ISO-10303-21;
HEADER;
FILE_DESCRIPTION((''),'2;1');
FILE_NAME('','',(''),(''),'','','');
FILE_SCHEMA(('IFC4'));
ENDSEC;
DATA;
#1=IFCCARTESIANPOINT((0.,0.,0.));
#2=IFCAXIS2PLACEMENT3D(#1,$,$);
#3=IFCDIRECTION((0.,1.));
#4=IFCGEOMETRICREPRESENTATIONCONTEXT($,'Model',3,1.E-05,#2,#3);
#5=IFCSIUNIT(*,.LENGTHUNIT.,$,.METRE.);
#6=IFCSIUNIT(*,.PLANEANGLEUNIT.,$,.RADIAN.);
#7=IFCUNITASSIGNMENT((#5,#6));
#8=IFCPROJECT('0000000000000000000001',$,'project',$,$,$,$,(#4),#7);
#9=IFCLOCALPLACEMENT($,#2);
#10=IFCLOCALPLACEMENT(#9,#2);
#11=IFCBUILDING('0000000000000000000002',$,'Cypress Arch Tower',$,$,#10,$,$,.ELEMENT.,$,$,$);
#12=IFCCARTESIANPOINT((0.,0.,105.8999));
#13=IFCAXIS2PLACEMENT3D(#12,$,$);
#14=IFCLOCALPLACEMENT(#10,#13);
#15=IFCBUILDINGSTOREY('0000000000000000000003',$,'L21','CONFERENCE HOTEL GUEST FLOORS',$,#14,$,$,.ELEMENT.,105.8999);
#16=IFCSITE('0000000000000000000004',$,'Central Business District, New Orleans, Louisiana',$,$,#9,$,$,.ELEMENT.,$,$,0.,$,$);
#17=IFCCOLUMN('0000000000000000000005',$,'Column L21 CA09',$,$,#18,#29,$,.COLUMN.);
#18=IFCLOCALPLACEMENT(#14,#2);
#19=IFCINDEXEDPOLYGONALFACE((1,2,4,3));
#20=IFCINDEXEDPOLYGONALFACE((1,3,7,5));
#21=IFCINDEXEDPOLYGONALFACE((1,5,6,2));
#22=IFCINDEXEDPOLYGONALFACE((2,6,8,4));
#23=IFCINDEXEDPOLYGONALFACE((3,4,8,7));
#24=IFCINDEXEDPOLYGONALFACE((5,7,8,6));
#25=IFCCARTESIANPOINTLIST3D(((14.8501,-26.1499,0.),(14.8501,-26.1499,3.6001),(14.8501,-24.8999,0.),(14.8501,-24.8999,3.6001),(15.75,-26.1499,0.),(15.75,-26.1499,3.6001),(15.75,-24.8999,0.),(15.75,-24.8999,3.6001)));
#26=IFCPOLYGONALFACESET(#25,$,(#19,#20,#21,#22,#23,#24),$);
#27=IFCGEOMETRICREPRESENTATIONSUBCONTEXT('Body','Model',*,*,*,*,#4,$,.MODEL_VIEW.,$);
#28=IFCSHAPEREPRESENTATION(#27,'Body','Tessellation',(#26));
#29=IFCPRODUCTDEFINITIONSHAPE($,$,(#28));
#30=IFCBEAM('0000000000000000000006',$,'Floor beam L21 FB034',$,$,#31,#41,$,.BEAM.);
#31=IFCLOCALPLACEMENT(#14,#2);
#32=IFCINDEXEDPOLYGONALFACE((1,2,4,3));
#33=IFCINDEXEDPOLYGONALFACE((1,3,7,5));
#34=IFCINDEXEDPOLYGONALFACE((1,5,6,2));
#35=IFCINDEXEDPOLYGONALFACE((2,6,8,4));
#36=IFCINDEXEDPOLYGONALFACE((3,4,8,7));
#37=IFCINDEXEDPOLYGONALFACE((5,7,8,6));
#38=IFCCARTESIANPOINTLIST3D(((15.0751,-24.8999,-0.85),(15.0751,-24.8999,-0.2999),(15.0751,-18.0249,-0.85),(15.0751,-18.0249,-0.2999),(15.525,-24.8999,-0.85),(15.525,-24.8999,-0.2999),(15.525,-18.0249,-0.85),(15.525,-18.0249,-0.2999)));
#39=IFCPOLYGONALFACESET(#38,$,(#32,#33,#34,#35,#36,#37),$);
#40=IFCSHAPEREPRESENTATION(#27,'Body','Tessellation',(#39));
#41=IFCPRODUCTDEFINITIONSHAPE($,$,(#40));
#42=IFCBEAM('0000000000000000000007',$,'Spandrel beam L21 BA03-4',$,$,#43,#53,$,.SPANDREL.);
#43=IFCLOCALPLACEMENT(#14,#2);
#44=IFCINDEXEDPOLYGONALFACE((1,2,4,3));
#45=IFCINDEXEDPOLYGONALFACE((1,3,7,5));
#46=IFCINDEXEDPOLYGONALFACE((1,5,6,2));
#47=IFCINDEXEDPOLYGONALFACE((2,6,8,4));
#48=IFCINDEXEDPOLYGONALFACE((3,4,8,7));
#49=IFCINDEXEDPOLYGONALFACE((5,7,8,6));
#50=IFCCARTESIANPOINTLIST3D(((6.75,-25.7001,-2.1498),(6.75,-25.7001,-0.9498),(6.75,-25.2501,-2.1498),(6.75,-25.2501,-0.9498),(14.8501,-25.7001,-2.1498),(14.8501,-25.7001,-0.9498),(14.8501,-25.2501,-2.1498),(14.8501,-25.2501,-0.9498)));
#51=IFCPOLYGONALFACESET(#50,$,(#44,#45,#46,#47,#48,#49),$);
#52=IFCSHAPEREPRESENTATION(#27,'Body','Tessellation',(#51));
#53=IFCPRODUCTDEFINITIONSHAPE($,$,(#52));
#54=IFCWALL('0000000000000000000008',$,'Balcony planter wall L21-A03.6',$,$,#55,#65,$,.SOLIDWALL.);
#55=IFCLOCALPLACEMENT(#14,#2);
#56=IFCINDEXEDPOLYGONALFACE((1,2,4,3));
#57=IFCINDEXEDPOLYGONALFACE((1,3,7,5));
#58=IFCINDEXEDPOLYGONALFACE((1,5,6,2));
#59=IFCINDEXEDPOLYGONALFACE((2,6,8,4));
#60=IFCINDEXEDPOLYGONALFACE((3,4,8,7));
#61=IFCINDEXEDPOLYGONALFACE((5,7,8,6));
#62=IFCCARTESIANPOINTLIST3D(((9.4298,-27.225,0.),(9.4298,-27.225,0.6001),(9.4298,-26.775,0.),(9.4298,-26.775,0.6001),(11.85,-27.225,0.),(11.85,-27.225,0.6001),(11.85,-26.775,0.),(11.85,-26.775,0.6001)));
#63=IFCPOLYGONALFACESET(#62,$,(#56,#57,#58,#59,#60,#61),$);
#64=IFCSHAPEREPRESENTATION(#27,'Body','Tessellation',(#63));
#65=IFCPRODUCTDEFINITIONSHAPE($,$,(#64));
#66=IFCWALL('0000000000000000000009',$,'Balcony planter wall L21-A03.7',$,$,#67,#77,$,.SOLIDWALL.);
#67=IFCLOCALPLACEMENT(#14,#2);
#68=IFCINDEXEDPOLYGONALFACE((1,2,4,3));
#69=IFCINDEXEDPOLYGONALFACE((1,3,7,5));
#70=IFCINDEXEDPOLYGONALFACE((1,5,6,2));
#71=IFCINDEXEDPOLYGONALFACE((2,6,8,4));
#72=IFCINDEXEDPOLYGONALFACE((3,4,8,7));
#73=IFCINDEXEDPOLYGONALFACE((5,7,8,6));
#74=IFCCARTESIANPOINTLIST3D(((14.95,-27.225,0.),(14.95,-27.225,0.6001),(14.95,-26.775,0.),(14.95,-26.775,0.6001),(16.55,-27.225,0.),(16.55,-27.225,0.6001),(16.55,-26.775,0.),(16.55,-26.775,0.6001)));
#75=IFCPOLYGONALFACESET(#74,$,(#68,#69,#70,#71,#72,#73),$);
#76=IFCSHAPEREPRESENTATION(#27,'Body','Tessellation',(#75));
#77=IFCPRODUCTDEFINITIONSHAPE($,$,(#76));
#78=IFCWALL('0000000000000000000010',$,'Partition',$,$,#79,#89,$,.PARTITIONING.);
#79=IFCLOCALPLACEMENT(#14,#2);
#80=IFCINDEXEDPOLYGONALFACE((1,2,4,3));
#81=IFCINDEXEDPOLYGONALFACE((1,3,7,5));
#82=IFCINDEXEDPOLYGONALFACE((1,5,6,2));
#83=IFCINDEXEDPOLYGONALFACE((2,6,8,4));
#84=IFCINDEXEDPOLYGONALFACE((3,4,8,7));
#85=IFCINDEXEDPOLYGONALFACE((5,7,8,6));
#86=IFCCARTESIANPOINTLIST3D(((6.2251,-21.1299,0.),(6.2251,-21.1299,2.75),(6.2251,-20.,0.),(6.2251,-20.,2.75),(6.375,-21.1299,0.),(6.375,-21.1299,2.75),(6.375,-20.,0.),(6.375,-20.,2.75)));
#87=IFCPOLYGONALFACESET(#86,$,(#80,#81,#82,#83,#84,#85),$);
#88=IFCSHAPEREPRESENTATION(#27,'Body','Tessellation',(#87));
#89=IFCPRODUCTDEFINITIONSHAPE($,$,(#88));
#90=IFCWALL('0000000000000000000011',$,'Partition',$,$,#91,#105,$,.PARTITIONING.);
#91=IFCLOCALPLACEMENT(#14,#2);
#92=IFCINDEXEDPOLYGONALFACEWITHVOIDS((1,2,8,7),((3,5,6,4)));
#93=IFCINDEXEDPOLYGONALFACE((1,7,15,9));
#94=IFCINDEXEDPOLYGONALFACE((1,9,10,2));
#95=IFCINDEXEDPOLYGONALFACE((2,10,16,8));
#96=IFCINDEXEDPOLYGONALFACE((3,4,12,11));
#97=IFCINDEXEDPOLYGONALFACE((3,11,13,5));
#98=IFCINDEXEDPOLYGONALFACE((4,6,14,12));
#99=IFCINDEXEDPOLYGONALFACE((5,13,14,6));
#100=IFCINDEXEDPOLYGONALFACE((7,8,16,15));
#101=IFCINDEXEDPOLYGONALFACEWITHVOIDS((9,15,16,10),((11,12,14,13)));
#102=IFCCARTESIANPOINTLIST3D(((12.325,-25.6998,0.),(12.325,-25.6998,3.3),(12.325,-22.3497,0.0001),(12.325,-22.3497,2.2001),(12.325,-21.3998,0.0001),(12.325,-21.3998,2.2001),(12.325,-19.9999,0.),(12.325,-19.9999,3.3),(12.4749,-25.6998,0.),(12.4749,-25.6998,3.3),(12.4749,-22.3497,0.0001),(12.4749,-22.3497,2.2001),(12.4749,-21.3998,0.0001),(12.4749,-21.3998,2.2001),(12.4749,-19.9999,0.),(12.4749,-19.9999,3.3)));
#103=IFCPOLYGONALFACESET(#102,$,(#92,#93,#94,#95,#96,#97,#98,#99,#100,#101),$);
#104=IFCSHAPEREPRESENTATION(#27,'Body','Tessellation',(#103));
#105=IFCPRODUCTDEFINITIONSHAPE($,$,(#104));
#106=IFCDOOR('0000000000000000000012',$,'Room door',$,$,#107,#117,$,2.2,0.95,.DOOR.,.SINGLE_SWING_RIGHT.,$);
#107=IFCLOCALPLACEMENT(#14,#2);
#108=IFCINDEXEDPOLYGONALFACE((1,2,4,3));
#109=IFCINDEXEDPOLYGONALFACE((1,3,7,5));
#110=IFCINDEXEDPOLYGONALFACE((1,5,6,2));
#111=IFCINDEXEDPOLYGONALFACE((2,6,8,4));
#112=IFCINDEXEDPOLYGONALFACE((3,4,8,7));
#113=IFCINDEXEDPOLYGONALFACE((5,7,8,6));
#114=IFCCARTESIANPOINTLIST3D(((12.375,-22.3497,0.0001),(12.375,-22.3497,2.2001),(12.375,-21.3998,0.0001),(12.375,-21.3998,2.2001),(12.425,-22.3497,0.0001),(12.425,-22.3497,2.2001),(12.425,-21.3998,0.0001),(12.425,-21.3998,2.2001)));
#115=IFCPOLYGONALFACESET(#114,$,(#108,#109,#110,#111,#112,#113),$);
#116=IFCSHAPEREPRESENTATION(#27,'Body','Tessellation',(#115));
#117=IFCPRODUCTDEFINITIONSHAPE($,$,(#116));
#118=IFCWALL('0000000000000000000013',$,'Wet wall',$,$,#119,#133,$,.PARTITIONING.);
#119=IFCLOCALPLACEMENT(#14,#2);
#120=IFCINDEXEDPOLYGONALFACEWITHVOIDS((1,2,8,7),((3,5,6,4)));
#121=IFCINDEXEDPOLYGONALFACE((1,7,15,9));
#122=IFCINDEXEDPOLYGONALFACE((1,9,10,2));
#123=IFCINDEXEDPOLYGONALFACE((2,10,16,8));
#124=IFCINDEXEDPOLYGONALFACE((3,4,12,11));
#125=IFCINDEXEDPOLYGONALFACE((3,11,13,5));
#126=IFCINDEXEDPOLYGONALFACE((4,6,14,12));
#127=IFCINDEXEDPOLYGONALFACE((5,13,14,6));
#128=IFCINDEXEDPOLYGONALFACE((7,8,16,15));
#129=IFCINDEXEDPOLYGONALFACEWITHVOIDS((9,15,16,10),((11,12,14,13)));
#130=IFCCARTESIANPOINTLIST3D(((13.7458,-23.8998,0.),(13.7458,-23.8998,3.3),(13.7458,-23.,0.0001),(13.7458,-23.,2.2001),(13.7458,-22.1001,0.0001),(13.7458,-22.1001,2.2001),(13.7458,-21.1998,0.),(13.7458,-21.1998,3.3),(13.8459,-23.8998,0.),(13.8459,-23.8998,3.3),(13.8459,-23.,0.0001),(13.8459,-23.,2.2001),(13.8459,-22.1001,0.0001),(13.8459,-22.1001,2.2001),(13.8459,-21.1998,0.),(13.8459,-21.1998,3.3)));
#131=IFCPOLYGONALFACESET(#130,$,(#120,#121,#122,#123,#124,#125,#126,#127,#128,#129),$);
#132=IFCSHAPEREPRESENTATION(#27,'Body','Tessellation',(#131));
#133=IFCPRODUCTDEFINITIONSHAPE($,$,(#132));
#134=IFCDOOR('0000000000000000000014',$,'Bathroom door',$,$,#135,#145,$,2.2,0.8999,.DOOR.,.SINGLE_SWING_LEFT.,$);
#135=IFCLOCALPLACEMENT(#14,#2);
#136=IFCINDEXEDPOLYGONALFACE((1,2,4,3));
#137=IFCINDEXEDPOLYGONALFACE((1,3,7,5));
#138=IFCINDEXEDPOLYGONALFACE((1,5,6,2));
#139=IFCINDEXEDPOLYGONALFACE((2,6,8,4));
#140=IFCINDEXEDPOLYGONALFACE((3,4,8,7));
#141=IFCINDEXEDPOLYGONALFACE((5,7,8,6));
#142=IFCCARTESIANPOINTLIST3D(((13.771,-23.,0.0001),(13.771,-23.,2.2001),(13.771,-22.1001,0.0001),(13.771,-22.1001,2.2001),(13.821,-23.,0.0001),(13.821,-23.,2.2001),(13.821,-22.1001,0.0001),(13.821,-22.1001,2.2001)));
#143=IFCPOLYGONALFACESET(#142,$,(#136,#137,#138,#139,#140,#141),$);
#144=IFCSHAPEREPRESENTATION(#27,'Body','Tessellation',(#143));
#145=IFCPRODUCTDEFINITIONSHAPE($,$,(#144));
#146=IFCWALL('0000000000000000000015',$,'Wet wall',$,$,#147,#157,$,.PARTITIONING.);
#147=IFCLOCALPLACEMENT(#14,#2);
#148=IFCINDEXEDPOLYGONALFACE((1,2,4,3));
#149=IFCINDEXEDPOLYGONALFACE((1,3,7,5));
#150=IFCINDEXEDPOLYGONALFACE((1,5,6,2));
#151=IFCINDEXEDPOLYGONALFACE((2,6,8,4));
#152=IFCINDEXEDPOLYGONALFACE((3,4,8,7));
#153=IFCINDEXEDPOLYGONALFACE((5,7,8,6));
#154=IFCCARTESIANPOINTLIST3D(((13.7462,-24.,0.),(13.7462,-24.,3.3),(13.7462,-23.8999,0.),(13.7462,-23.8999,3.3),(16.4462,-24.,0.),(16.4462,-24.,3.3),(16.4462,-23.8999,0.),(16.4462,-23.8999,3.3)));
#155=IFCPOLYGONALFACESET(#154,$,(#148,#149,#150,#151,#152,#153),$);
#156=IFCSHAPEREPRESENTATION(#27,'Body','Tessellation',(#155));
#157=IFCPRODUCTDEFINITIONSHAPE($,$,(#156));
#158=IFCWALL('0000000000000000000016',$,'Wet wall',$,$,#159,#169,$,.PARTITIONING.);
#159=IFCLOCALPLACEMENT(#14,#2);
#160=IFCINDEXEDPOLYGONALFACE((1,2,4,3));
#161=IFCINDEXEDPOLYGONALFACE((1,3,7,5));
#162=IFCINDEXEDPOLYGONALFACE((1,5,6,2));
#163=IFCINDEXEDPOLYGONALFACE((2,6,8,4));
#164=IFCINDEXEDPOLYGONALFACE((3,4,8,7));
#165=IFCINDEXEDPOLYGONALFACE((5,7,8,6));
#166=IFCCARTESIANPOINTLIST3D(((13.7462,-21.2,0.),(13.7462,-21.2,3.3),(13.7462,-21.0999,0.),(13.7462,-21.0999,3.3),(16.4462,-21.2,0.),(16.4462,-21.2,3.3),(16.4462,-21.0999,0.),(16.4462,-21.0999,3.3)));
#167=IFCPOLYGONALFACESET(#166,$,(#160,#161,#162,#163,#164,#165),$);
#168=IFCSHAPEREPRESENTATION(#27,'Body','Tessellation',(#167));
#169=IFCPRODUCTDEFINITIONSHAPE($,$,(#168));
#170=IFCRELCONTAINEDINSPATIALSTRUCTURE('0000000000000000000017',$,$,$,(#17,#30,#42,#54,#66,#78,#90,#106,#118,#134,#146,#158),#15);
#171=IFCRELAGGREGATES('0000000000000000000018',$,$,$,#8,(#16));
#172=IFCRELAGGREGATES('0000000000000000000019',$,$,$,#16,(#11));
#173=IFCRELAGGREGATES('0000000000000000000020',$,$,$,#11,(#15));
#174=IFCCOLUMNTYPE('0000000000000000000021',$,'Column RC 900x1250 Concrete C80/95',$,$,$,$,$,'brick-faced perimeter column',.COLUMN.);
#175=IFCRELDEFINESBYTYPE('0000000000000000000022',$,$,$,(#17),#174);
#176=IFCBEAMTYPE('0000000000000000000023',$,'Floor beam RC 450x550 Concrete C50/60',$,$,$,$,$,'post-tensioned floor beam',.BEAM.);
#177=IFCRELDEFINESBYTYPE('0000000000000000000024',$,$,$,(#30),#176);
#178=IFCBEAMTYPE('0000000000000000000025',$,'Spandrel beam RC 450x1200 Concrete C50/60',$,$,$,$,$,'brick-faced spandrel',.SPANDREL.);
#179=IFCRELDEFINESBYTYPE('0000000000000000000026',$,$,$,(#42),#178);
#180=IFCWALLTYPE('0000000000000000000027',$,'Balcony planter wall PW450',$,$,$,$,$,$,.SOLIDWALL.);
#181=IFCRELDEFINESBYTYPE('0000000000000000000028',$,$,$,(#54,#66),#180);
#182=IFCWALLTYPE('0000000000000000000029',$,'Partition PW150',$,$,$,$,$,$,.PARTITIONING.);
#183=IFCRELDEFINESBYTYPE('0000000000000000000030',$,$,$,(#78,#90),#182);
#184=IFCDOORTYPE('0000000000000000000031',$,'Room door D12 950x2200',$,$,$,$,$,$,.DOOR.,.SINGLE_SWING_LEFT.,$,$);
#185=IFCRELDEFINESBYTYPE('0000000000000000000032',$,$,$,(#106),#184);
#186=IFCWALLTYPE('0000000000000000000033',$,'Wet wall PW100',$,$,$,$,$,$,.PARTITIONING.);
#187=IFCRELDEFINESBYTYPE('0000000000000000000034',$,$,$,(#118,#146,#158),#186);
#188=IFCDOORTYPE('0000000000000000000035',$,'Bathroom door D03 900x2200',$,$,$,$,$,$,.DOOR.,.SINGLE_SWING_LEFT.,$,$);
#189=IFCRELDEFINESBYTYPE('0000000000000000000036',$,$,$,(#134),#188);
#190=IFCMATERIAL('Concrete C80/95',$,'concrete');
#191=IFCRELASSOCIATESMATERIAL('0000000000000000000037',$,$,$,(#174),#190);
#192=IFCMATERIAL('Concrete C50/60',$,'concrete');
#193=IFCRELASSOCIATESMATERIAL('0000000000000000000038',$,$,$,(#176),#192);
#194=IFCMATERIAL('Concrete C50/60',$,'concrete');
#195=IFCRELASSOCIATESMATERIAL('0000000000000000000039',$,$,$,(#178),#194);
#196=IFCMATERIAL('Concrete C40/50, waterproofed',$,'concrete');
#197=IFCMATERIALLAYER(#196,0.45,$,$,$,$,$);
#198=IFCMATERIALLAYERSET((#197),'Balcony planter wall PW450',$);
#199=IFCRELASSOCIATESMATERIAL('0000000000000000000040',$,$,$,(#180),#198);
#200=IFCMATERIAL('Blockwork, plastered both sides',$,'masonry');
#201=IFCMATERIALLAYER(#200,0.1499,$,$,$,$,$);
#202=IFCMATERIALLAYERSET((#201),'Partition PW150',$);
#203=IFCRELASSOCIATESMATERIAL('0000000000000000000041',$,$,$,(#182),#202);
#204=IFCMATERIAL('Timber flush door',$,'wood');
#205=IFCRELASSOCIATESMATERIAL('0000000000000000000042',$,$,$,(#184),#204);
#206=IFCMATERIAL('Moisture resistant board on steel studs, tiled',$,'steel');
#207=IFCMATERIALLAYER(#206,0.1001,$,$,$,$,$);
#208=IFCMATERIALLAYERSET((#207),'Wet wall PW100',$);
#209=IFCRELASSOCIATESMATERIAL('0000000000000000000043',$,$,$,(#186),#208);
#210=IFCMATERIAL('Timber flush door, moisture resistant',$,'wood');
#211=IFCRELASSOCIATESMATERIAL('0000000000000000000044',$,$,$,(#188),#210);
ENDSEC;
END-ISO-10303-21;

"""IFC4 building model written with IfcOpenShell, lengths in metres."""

from ifc_helpers import new_model, si_unit, direction, frame, frame_2d, origin, origin_2d, place, context, subcontext, project, spatial, rectangle, extrude, material, layer, layer_set, material_profile, profile_set, type_object, element, fill, save


model = new_model("IFC4")

# Units and contexts
model_context = context("Model", 3, precision=1e-05, world=origin(), true_north=direction((0.0, 1.0)))
body_context = subcontext(model_context, "Body", "Model", "MODEL_VIEW")
ifc_project = project(units=[si_unit("LENGTHUNIT", "METRE"), si_unit("PLANEANGLEUNIT", "RADIAN")], contexts=[model_context])

# Site, building, storey
site_placement = place(None, origin())
site = spatial("IfcSite", under=ifc_project, at=site_placement, Name="Central Business District, New Orleans, Louisiana", CompositionType="ELEMENT", RefElevation=0.0)
building_placement = place(site_placement, origin())
building = spatial("IfcBuilding", under=site, at=building_placement, Name="Cypress Arch Tower", CompositionType="ELEMENT")
storey_placement = place(building_placement, frame((0.0, 0.0, 105.8999)))
storey = spatial("IfcBuildingStorey", under=building, at=storey_placement, Name="L21", Description="CONFERENCE HOTEL GUEST FLOORS", CompositionType="ELEMENT", Elevation=105.8999)

# Column
ifc_material_1 = material(Name="Concrete C80/95", Category="concrete")
ifc_material_profile_1 = material_profile(ifc_material_1, rectangle(XDim=0.8999, YDim=1.25, at=origin_2d()), Name="RC 900x1250")
ifc_profile_set_1 = profile_set([ifc_material_profile_1], Name="Concrete C80/95")
column_type = type_object("IfcColumnType", Name="Column RC 900x1250 Concrete C80/95", ElementType="brick-faced perimeter column", PredefinedType="COLUMN", material=ifc_profile_set_1)
column_placement = place(storey_placement, frame((15.3, -25.5249, 0.0), z_axis=(0.0, 0.0, 1.0), x_axis=(1.0, 0.0, 0.0)))
element("IfcColumn", 1, at=column_placement, inside=storey, type_object=column_type, Name="Column L21 CA09", PredefinedType="COLUMN", context=body_context, shape_type="SweptSolid", body=[
    extrude(rectangle(XDim=0.8999, YDim=1.25, at=origin_2d()), origin(), (0.0, 0.0, 1.0), 3.6001),
])

# Beams
ifc_material_2 = material(Name="Concrete C50/60", Category="concrete")
ifc_material_profile_2 = material_profile(ifc_material_2, rectangle(XDim=0.45, YDim=0.55, at=origin_2d()), Name="RC 450x550")
ifc_profile_set_2 = profile_set([ifc_material_profile_2], Name="Concrete C50/60")
beam_type_1 = type_object("IfcBeamType", Name="Floor beam RC 450x550 Concrete C50/60", ElementType="post-tensioned floor beam", PredefinedType="BEAM", material=ifc_profile_set_2)
beam_1_placement = place(storey_placement, frame((15.3, -24.8999, -0.575), z_axis=(0.0, 1.0, 0.0), x_axis=(-1.0, 0.0, 0.0)))
element("IfcBeam", 2, at=beam_1_placement, inside=storey, type_object=beam_type_1, Name="Floor beam L21 FB034", PredefinedType="BEAM", context=body_context, shape_type="SweptSolid", body=[
    extrude(rectangle(XDim=0.45, YDim=0.55, at=origin_2d()), origin(), (0.0, 0.0, 1.0), 6.875),
])
ifc_material_3 = material(Name="Concrete C50/60", Category="concrete")
ifc_material_profile_3 = material_profile(ifc_material_3, rectangle(XDim=0.45, YDim=1.2, at=origin_2d()), Name="RC 450x1200")
ifc_profile_set_3 = profile_set([ifc_material_profile_3], Name="Concrete C50/60")
beam_type_2 = type_object("IfcBeamType", Name="Spandrel beam RC 450x1200 Concrete C50/60", ElementType="brick-faced spandrel", PredefinedType="SPANDREL", material=ifc_profile_set_3)
beam_2_placement = place(storey_placement, frame((6.75, -25.4751, -1.5498), z_axis=(1.0, 0.0, 0.0), x_axis=(0.0, 1.0, 0.0)))
element("IfcBeam", 3, at=beam_2_placement, inside=storey, type_object=beam_type_2, Name="Spandrel beam L21 BA03-4", PredefinedType="SPANDREL", context=body_context, shape_type="SweptSolid", body=[
    extrude(rectangle(XDim=0.45, YDim=1.2, at=origin_2d()), origin(), (0.0, 0.0, 1.0), 8.1001),
])

# Walls
ifc_material_4 = material(Name="Concrete C40/50, waterproofed", Category="concrete")
ifc_layer_1 = layer(ifc_material_4, 0.45)
ifc_layer_set_1 = layer_set([ifc_layer_1], Name="Balcony planter wall PW450")
wall_type_1 = type_object("IfcWallType", Name="Balcony planter wall PW450", PredefinedType="SOLIDWALL", material=ifc_layer_set_1)
wall_1_placement = place(storey_placement, frame((9.4299, -27.0, 0.0), z_axis=(0.0, 0.0, 1.0), x_axis=(1.0, 0.0, 0.0)))
element("IfcWall", 4, at=wall_1_placement, inside=storey, type_object=wall_type_1, Name="Balcony planter wall L21-A03.6", PredefinedType="SOLIDWALL", context=body_context, shape_type="SweptSolid", body=[
    extrude(rectangle(XDim=2.4202, YDim=0.45, at=frame_2d((1.21, 0.0))), origin(), (0.0, 0.0, 1.0), 0.6001),
])
wall_2_placement = place(storey_placement, frame((14.95, -27.0, 0.0), z_axis=(0.0, 0.0, 1.0), x_axis=(1.0, 0.0, 0.0)))
element("IfcWall", 5, at=wall_2_placement, inside=storey, type_object=wall_type_1, Name="Balcony planter wall L21-A03.7", PredefinedType="SOLIDWALL", context=body_context, shape_type="SweptSolid", body=[
    extrude(rectangle(XDim=1.6001, YDim=0.45, at=frame_2d((0.8, 0.0))), origin(), (0.0, 0.0, 1.0), 0.6001),
])

# Wall
ifc_material_5 = material(Name="Blockwork, plastered both sides", Category="masonry")
ifc_layer_2 = layer(ifc_material_5, 0.1499)
ifc_layer_set_2 = layer_set([ifc_layer_2], Name="Partition PW150")
wall_type_2 = type_object("IfcWallType", Name="Partition PW150", PredefinedType="PARTITIONING", material=ifc_layer_set_2)
wall_3_placement = place(storey_placement, frame((6.3, -21.1299, 0.0), z_axis=(0.0, 0.0, 1.0), x_axis=(0.0, 1.0, 0.0)))
element("IfcWall", 6, at=wall_3_placement, inside=storey, type_object=wall_type_2, Name="Partition", PredefinedType="PARTITIONING", context=body_context, shape_type="SweptSolid", body=[
    extrude(rectangle(XDim=1.1299, YDim=0.1499, at=frame_2d((0.5649, 0.0))), origin(), (0.0, 0.0, 1.0), 2.75),
])

# Walls, openings, doors
wall_4_placement = place(storey_placement, frame((12.3999, -25.7, 0.0), z_axis=(0.0, 0.0, 1.0), x_axis=(0.0, 1.0, 0.0)))
wall_4 = element("IfcWall", 7, at=wall_4_placement, inside=storey, type_object=wall_type_2, Name="Partition", PredefinedType="PARTITIONING", context=body_context, shape_type="SweptSolid", body=[
    extrude(rectangle(XDim=5.7, YDim=0.1499, at=frame_2d((2.8501, 0.0))), origin(), (0.0, 0.0, 1.0), 3.3),
])
opening_1_placement = place(wall_4_placement, frame((3.3501, 0.0, 0.0)))
opening_1 = element("IfcOpeningElement", 8, at=opening_1_placement, cuts=wall_4, PredefinedType="OPENING", context=body_context, shape_type="SweptSolid", body=[
    extrude(rectangle(XDim=0.95, YDim=2.2, at=frame_2d((0.4751, 1.1001))), frame((0.0, 0.085, 0.0), z_axis=(0.0, -1.0, 0.0), x_axis=(1.0, 0.0, 0.0)), (0.0, 0.0, 1.0), 0.1699),
])
ifc_material_6 = material(Name="Timber flush door", Category="wood")
door_type_1 = type_object("IfcDoorType", Name="Room door D12 950x2200", OperationType="SINGLE_SWING_LEFT", PredefinedType="DOOR", material=ifc_material_6)
door_1_placement = place(opening_1_placement, origin())
door_1 = element("IfcDoor", 9, at=door_1_placement, inside=storey, type_object=door_type_1, Name="Room door", OperationType="SINGLE_SWING_RIGHT", OverallHeight=2.2, OverallWidth=0.95, PredefinedType="DOOR", context=body_context, shape_type="SweptSolid", body=[
    extrude(rectangle(XDim=0.95, YDim=2.2, at=frame_2d((0.4751, 1.1001))), frame((0.0, 0.0249, 0.0), z_axis=(0.0, -1.0, 0.0), x_axis=(1.0, 0.0, 0.0)), (0.0, 0.0, 1.0), 0.05),
])
fill(opening_1, door_1)
ifc_material_7 = material(Name="Moisture resistant board on steel studs, tiled", Category="steel")
ifc_layer_3 = layer(ifc_material_7, 0.1001)
ifc_layer_set_3 = layer_set([ifc_layer_3], Name="Wet wall PW100")
wall_type_3 = type_object("IfcWallType", Name="Wet wall PW100", PredefinedType="PARTITIONING", material=ifc_layer_set_3)
wall_5_placement = place(storey_placement, frame((13.7959, -23.8999, 0.0), z_axis=(0.0, 0.0, 1.0), x_axis=(0.0, 1.0, 0.0)))
wall_5 = element("IfcWall", 10, at=wall_5_placement, inside=storey, type_object=wall_type_3, Name="Wet wall", PredefinedType="PARTITIONING", context=body_context, shape_type="SweptSolid", body=[
    extrude(rectangle(XDim=2.7, YDim=0.1001, at=frame_2d((1.3501, 0.0))), origin(), (0.0, 0.0, 1.0), 3.3),
])
opening_2_placement = place(wall_5_placement, frame((0.8999, 0.0, 0.0)))
opening_2 = element("IfcOpeningElement", 11, at=opening_2_placement, cuts=wall_5, PredefinedType="OPENING", context=body_context, shape_type="SweptSolid", body=[
    extrude(rectangle(XDim=0.8999, YDim=2.2, at=frame_2d((0.45, 1.1001))), frame((0.0, 0.0601, 0.0), z_axis=(0.0, -1.0, 0.0), x_axis=(1.0, 0.0, 0.0)), (0.0, 0.0, 1.0), 0.1201),
])
ifc_material_8 = material(Name="Timber flush door, moisture resistant", Category="wood")
door_type_2 = type_object("IfcDoorType", Name="Bathroom door D03 900x2200", OperationType="SINGLE_SWING_LEFT", PredefinedType="DOOR", material=ifc_material_8)
door_2_placement = place(opening_2_placement, origin())
door_2 = element("IfcDoor", 12, at=door_2_placement, inside=storey, type_object=door_type_2, Name="Bathroom door", OperationType="SINGLE_SWING_LEFT", OverallHeight=2.2, OverallWidth=0.8999, PredefinedType="DOOR", context=body_context, shape_type="SweptSolid", body=[
    extrude(rectangle(XDim=0.8999, YDim=2.2, at=frame_2d((0.45, 1.1001))), frame((0.0, 0.0249, 0.0), z_axis=(0.0, -1.0, 0.0), x_axis=(1.0, 0.0, 0.0)), (0.0, 0.0, 1.0), 0.05),
])
fill(opening_2, door_2)

# Walls
for number, where, z_axis, x_axis, name in (
    (13, (13.7461, -23.95, 0.0), (0.0, 0.0, 1.0), (1.0, 0.0, 0.0), "Wet wall"),
    (14, (13.7461, -21.1499, 0.0), (0.0, 0.0, 1.0), (1.0, 0.0, 0.0), "Wet wall"),
):
    element("IfcWall", number, at=place(storey_placement, frame(where, z_axis=z_axis, x_axis=x_axis)), inside=storey, type_object=wall_type_3, Name=name, PredefinedType="PARTITIONING", context=body_context, shape_type="SweptSolid", body=[
        extrude(rectangle(XDim=2.7, YDim=0.1001, at=frame_2d((1.3501, 0.0))), origin(), (0.0, 0.0, 1.0), 3.3),
    ])

save(model, "model.ifc")
